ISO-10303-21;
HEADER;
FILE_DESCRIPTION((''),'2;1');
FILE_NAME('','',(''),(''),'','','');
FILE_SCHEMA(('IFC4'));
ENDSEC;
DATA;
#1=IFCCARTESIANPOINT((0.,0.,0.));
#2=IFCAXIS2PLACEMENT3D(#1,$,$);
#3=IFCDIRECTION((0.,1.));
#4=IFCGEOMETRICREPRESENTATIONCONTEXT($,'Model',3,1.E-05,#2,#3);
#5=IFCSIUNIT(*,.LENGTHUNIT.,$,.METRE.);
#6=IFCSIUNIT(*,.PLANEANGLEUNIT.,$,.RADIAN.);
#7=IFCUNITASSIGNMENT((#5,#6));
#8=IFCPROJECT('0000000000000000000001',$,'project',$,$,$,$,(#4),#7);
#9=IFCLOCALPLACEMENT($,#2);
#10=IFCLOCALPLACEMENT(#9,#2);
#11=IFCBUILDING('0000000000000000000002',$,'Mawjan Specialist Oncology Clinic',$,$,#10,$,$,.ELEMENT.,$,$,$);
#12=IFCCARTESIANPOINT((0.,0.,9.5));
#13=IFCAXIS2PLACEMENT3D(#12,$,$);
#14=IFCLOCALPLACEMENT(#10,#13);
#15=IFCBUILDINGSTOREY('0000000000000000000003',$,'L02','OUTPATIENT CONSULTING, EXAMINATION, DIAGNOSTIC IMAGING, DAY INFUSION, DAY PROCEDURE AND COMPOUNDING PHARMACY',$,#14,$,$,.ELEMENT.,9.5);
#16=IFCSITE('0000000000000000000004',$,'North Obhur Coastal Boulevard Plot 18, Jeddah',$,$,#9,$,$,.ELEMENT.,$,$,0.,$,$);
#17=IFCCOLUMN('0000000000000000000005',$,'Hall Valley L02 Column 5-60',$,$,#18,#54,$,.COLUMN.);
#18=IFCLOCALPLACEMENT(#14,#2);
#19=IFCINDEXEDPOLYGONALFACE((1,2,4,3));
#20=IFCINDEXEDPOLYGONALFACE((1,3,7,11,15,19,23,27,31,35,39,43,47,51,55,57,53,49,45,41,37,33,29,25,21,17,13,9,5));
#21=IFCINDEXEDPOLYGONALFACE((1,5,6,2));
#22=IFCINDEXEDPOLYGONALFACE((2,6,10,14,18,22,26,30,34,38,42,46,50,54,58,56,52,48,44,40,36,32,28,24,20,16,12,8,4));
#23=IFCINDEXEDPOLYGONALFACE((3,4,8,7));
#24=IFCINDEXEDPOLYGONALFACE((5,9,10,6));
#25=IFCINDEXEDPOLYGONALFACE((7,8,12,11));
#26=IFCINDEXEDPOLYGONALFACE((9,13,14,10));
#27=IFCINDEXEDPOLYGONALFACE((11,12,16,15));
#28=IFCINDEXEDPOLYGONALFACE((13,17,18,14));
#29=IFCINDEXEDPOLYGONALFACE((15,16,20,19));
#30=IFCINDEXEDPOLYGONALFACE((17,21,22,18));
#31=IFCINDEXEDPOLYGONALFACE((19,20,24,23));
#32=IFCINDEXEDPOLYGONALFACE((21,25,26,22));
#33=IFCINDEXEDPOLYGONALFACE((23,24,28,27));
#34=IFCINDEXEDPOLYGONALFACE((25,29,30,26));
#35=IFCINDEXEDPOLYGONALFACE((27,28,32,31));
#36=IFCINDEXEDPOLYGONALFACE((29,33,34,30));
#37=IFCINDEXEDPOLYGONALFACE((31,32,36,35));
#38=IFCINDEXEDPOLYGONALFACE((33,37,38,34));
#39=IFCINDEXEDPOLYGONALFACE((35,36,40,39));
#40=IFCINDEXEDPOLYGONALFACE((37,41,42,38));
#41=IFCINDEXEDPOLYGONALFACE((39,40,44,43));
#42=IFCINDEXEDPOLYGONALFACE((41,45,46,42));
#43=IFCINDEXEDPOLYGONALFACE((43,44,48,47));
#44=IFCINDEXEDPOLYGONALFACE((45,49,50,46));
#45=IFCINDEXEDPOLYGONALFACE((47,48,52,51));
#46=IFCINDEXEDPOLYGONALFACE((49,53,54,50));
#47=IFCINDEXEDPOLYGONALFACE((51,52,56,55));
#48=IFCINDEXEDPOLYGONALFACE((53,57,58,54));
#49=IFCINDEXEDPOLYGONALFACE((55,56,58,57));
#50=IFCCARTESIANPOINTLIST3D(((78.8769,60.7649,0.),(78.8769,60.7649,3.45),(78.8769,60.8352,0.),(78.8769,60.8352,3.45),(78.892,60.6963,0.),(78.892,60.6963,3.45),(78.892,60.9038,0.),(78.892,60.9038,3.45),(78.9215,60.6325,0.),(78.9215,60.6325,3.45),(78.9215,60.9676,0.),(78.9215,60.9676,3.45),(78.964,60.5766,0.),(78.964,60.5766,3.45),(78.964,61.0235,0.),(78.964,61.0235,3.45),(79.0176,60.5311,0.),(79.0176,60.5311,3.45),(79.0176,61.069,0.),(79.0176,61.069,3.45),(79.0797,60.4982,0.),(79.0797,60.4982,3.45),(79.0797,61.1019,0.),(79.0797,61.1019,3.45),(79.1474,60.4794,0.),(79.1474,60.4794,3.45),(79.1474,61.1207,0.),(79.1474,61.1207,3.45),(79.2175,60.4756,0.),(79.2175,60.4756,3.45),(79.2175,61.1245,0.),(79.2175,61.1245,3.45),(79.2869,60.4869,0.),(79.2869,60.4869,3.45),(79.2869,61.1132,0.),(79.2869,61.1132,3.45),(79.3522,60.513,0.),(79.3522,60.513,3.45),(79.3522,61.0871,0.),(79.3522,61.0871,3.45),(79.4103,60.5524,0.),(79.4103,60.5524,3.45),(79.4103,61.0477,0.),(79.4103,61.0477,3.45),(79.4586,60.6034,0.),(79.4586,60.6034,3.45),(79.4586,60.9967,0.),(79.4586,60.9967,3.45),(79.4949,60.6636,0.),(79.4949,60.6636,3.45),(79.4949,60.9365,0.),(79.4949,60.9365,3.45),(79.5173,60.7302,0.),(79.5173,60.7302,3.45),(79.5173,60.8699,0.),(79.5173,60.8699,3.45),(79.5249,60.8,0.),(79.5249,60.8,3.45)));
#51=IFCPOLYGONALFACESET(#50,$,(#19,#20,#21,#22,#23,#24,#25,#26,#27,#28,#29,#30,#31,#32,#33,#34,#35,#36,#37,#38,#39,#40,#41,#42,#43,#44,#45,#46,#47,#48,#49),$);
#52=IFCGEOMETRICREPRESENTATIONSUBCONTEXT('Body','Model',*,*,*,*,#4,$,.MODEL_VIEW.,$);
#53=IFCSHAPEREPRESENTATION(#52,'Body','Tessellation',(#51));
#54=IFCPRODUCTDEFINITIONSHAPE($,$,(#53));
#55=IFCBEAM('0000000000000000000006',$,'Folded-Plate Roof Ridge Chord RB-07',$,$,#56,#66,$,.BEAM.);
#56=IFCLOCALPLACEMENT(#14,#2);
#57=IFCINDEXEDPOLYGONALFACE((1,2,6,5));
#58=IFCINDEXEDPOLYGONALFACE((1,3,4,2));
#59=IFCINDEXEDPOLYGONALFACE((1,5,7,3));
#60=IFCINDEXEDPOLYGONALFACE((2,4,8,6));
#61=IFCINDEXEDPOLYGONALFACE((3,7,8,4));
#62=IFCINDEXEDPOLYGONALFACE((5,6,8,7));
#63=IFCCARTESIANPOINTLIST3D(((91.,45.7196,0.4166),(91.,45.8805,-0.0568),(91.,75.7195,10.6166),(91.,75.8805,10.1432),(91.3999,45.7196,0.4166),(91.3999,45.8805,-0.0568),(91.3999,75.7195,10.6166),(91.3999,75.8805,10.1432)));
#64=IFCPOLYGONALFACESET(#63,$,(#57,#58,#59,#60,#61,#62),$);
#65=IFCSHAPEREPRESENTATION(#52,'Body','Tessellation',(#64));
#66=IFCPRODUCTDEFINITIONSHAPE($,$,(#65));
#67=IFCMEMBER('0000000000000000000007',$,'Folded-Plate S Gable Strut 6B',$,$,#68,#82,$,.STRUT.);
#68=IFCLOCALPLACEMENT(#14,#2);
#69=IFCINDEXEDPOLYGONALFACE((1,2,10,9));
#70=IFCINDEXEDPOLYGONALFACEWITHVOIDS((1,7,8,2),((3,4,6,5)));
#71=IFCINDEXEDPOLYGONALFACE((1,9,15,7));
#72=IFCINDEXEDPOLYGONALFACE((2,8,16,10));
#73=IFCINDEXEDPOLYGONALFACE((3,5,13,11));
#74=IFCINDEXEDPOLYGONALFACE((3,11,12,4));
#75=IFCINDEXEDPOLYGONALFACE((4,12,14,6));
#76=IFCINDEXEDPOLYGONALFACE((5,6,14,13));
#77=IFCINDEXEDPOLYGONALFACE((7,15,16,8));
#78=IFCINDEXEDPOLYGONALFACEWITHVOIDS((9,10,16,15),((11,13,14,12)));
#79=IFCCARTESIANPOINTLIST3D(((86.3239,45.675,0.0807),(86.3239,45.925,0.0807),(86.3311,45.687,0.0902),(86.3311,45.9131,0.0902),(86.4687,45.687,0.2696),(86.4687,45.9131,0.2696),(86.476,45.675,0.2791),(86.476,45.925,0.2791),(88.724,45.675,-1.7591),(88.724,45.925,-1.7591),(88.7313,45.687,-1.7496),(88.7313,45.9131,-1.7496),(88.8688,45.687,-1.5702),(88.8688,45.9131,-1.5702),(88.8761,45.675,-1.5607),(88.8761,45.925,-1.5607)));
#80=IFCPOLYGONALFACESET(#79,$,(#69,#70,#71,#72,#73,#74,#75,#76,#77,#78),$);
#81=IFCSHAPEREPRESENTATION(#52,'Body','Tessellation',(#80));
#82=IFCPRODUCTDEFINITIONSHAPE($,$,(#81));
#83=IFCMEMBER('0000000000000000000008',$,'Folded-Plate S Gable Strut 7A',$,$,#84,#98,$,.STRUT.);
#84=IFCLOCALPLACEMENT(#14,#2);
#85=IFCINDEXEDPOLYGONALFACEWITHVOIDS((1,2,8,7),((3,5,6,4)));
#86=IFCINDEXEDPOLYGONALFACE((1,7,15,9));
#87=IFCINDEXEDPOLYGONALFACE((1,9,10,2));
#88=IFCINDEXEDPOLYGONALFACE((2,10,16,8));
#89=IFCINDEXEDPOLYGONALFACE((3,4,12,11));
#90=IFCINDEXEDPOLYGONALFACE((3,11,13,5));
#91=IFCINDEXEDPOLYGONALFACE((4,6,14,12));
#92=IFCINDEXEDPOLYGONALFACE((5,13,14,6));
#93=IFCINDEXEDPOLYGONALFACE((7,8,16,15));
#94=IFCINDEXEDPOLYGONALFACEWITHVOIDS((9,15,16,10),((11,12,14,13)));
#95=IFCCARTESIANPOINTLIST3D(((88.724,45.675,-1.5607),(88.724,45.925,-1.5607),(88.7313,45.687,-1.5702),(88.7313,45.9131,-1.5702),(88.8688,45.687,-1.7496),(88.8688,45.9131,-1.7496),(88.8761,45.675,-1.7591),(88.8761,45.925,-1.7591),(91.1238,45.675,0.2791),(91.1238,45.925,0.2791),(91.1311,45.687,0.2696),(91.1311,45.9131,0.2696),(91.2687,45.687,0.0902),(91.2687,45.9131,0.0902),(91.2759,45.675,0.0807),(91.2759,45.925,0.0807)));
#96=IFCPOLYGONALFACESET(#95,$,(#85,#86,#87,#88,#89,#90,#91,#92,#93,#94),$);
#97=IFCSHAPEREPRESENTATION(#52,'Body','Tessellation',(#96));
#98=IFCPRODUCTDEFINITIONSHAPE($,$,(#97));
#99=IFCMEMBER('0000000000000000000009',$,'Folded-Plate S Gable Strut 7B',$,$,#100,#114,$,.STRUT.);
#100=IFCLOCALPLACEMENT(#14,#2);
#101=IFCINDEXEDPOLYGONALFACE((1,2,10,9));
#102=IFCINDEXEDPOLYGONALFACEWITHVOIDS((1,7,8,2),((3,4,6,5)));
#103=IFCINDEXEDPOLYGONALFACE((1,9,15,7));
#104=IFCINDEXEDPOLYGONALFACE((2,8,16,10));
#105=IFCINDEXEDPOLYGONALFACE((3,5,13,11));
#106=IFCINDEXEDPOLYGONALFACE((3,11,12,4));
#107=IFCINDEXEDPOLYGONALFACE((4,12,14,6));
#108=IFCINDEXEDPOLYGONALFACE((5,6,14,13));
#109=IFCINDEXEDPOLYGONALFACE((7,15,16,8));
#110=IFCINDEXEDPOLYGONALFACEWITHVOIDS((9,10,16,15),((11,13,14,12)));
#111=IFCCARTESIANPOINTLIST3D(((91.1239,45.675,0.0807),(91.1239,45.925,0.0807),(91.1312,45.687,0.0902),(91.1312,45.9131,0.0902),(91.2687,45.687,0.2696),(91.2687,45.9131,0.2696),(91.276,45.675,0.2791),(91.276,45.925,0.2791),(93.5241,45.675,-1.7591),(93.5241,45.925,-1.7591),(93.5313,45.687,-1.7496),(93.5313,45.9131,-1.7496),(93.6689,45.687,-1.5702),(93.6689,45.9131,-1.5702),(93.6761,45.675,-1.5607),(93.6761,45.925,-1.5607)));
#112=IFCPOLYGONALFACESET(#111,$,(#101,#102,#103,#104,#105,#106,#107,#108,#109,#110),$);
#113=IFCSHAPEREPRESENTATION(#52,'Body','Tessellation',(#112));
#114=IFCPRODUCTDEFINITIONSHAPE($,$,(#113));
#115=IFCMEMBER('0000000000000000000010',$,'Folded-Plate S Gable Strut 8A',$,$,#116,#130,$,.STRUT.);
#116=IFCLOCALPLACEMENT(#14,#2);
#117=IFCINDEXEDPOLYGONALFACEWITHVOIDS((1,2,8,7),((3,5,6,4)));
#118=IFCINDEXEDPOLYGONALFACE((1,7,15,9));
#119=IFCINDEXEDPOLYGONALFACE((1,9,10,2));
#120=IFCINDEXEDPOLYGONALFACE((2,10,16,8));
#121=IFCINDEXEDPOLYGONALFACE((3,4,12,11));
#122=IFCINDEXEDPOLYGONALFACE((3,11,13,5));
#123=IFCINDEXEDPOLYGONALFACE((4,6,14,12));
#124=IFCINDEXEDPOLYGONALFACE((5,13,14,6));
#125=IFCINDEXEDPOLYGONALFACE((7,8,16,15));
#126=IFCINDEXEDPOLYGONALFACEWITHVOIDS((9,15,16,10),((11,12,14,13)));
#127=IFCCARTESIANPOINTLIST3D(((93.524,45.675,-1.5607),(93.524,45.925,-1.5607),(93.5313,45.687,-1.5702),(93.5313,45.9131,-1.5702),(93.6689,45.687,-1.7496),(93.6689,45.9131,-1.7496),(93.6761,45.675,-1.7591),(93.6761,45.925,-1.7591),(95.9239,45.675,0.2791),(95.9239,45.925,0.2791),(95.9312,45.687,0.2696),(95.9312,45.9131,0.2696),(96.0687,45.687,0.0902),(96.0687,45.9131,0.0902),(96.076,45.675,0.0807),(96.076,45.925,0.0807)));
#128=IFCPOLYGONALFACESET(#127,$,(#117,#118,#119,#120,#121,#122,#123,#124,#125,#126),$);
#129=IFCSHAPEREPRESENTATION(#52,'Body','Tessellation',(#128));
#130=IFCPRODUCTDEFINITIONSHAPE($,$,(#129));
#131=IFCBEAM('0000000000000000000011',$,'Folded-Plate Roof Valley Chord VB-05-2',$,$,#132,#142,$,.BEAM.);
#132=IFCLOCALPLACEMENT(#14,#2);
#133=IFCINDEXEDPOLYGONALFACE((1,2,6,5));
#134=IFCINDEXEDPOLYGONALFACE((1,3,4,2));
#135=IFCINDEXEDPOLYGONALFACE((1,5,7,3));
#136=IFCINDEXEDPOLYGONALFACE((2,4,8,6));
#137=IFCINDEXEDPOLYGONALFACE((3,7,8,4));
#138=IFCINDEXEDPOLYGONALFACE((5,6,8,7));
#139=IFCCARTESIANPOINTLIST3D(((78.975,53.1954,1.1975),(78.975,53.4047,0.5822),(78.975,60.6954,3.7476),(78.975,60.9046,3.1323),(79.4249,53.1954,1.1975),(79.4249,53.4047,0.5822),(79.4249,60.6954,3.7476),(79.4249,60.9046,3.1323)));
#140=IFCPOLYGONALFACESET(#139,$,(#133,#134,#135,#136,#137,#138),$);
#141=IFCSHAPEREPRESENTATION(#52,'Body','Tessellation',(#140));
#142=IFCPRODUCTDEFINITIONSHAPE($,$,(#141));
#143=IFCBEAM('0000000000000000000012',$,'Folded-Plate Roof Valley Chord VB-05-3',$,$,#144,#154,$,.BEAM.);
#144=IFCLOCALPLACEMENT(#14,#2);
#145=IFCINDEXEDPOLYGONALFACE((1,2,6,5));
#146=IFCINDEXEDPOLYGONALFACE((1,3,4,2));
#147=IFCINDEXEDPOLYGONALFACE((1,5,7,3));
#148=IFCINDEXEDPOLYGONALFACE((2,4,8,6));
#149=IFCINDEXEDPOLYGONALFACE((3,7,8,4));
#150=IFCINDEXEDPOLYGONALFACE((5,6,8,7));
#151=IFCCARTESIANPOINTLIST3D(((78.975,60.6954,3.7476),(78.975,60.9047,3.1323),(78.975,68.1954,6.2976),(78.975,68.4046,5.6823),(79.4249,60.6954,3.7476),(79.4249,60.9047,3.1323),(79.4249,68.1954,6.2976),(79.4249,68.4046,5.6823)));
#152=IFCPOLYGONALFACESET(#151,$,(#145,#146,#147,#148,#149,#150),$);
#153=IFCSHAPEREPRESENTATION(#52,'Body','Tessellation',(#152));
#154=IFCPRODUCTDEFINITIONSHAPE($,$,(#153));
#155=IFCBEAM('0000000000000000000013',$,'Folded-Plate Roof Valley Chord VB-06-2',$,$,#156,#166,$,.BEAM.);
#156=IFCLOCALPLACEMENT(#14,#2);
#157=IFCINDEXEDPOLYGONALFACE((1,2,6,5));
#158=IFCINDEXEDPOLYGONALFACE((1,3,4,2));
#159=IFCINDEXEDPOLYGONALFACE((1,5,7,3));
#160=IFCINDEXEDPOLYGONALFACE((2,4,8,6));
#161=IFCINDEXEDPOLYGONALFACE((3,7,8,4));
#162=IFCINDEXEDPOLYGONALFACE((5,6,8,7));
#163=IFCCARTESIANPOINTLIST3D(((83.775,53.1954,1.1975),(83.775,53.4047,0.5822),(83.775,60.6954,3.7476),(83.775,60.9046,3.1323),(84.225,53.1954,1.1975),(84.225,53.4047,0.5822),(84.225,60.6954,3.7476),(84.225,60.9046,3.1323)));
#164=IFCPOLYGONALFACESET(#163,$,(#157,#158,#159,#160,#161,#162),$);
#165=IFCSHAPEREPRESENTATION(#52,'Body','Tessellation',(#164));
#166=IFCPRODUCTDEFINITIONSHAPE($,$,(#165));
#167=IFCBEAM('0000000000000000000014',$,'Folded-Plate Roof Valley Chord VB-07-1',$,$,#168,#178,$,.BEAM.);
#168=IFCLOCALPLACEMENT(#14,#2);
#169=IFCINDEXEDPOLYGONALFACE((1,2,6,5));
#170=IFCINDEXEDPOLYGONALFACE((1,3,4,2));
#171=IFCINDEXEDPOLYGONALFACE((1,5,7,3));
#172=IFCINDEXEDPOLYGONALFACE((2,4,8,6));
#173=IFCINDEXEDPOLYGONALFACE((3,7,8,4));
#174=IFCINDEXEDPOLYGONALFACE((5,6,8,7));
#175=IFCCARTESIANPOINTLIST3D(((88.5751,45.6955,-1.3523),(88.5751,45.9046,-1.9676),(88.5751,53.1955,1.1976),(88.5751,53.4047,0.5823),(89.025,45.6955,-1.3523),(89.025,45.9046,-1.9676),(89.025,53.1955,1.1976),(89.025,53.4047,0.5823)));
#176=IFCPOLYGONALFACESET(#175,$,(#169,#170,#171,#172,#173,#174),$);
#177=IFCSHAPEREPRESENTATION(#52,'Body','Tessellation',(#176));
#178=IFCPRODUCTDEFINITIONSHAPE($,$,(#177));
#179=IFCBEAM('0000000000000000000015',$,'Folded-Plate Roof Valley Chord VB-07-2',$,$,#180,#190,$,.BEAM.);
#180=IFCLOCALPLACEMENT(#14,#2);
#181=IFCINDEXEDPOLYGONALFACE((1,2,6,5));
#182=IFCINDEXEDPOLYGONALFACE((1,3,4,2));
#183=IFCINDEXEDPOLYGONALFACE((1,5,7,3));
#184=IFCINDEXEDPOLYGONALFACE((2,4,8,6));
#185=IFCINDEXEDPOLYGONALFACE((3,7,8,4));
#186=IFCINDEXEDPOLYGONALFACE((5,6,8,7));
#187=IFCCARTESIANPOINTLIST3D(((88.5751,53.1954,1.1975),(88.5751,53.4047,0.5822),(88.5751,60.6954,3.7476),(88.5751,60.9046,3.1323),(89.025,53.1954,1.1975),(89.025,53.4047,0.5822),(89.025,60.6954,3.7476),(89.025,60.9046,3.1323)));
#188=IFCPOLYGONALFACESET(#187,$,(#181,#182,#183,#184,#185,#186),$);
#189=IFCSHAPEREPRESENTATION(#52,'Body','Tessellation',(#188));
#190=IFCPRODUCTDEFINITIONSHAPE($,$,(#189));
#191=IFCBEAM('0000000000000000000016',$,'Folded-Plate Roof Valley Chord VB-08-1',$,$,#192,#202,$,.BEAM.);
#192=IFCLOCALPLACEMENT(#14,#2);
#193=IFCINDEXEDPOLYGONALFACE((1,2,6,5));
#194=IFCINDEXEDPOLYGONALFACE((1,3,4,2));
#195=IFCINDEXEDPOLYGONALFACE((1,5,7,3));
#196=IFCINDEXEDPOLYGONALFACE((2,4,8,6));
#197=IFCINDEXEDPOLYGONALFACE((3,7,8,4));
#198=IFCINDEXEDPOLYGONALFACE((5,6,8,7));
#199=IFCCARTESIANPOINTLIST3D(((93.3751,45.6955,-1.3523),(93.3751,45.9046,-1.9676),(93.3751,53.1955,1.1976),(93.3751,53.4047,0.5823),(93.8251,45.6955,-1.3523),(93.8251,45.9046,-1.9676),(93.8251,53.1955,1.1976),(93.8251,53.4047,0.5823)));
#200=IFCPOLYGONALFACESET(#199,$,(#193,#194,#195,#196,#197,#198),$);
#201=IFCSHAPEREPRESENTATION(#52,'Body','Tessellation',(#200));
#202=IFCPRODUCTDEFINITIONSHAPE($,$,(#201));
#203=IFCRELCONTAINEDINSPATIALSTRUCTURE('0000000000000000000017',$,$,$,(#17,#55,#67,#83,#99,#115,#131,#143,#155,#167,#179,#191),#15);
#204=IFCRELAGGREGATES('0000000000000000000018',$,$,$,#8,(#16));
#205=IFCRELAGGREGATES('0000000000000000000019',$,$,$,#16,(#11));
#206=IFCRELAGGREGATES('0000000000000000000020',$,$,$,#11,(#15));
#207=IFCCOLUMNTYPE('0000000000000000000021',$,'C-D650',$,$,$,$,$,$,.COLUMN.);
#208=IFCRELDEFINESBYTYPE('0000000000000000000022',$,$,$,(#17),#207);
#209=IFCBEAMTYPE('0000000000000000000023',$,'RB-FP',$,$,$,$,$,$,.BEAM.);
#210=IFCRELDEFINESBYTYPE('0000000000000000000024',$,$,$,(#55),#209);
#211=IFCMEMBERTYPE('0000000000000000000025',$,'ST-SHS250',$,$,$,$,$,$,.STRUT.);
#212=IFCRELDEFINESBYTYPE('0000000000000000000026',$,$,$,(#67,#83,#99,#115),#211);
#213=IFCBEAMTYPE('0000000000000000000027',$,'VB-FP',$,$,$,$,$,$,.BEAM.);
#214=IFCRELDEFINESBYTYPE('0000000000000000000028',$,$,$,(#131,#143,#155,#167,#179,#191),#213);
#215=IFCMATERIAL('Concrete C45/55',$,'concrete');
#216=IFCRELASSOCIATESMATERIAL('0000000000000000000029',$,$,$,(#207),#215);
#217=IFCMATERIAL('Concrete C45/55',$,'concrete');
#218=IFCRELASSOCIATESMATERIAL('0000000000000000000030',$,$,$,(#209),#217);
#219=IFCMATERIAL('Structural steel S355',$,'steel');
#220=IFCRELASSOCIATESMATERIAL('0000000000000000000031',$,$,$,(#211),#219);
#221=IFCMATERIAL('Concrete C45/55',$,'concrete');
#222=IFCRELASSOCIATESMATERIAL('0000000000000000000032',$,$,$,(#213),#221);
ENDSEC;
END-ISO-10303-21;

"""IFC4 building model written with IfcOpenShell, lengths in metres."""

from ifc_helpers import new_model, si_unit, direction, frame, origin, origin_2d, place, context, subcontext, project, spatial, rectangle, hollow_rectangle, circle, extrude, material, material_profile, profile_set, type_object, element, save


model = new_model("IFC4")

# Units and contexts
model_context = context("Model", 3, precision=1e-05, world=origin(), true_north=direction((0.0, 1.0)))
body_context = subcontext(model_context, "Body", "Model", "MODEL_VIEW")
ifc_project = project(units=[si_unit("LENGTHUNIT", "METRE"), si_unit("PLANEANGLEUNIT", "RADIAN")], contexts=[model_context])

# Site, building, storey
site_placement = place(None, origin())
site = spatial("IfcSite", under=ifc_project, at=site_placement, Name="North Obhur Coastal Boulevard Plot 18, Jeddah", CompositionType="ELEMENT", RefElevation=0.0)
building_placement = place(site_placement, origin())
building = spatial("IfcBuilding", under=site, at=building_placement, Name="Mawjan Specialist Oncology Clinic", CompositionType="ELEMENT")
storey_placement = place(building_placement, frame((0.0, 0.0, 9.5)))
storey = spatial("IfcBuildingStorey", under=building, at=storey_placement, Name="L02", Description="OUTPATIENT CONSULTING, EXAMINATION, DIAGNOSTIC IMAGING, DAY INFUSION, DAY PROCEDURE AND COMPOUNDING PHARMACY", CompositionType="ELEMENT", Elevation=9.5)

# Column
ifc_material_1 = material(Name="Concrete C45/55", Category="concrete")
ifc_material_profile_1 = material_profile(ifc_material_1, circle(Radius=0.325, at=origin_2d()), Name="RC COL D650", Category="concrete")
ifc_profile_set_1 = profile_set([ifc_material_profile_1], Name="Concrete C45/55")
column_type = type_object("IfcColumnType", Name="C-D650", PredefinedType="COLUMN", material=ifc_profile_set_1)
column_placement = place(storey_placement, frame((79.2, 60.8, 0.0), z_axis=(0.0, 0.0, 1.0), x_axis=(1.0, 0.0, 0.0)))
element("IfcColumn", 1, at=column_placement, inside=storey, type_object=column_type, Name="Hall Valley L02 Column 5-60", PredefinedType="COLUMN", context=body_context, shape_type="SweptSolid", body=[
    extrude(circle(Radius=0.325, at=origin_2d()), origin(), (0.0, 0.0, 1.0), 3.45),
])

# Beam
ifc_material_2 = material(Name="Concrete C45/55", Category="concrete")
ifc_material_profile_2 = material_profile(ifc_material_2, rectangle(XDim=0.3999, YDim=0.5, at=origin_2d()), Name="RC CHORD 400x500", Category="concrete")
ifc_profile_set_2 = profile_set([ifc_material_profile_2], Name="Concrete C45/55")
beam_type_1 = type_object("IfcBeamType", Name="RB-FP", PredefinedType="BEAM", material=ifc_profile_set_2)
beam_placement = place(storey_placement, frame((91.2, 45.8, 0.1799), z_axis=(0.0, 0.946773, 0.321901), x_axis=(-1.0, 0.0, 0.0)))
element("IfcBeam", 2, at=beam_placement, inside=storey, type_object=beam_type_1, Name="Folded-Plate Roof Ridge Chord RB-07", PredefinedType="BEAM", context=body_context, shape_type="SweptSolid", body=[
    extrude(rectangle(XDim=0.3999, YDim=0.5, at=origin_2d()), origin(), (0.0, 0.0, 1.0), 31.6865),
])

# Members
ifc_material_3 = material(Name="Structural steel S355", Category="steel")
ifc_material_profile_3 = material_profile(ifc_material_3, hollow_rectangle(XDim=0.25, YDim=0.25, WallThickness=0.012, at=origin_2d()), Name="SHS 250x250x12", Category="steel")
ifc_profile_set_3 = profile_set([ifc_material_profile_3], Name="Structural steel S355")
member_type = type_object("IfcMemberType", Name="ST-SHS250", PredefinedType="STRUT", material=ifc_profile_set_3)
member_1_placement = place(storey_placement, frame((88.8, 45.8, -1.6599), z_axis=(-0.793649, 0.0, 0.608376), x_axis=(0.0, -1.0, 0.0)))
element("IfcMember", 3, at=member_1_placement, inside=storey, type_object=member_type, Name="Folded-Plate S Gable Strut 6B", PredefinedType="STRUT", context=body_context, shape_type="SweptSolid", body=[
    extrude(hollow_rectangle(XDim=0.25, YDim=0.25, WallThickness=0.012, at=origin_2d()), origin(), (0.0, 0.0, 1.0), 3.0242),
])
member_2_placement = place(storey_placement, frame((88.8, 45.8, -1.6599), z_axis=(0.793619, 0.0, 0.608415), x_axis=(0.0, 1.0, 0.0)))
element("IfcMember", 4, at=member_2_placement, inside=storey, type_object=member_type, Name="Folded-Plate S Gable Strut 7A", PredefinedType="STRUT", context=body_context, shape_type="SweptSolid", body=[
    extrude(hollow_rectangle(XDim=0.25, YDim=0.25, WallThickness=0.012, at=origin_2d()), origin(), (0.0, 0.0, 1.0), 3.0239),
])
member_3_placement = place(storey_placement, frame((93.6001, 45.8, -1.6599), z_axis=(-0.793649, 0.0, 0.608376), x_axis=(0.0, -1.0, 0.0)))
element("IfcMember", 5, at=member_3_placement, inside=storey, type_object=member_type, Name="Folded-Plate S Gable Strut 7B", PredefinedType="STRUT", context=body_context, shape_type="SweptSolid", body=[
    extrude(hollow_rectangle(XDim=0.25, YDim=0.25, WallThickness=0.012, at=origin_2d()), origin(), (0.0, 0.0, 1.0), 3.0242),
])
member_4_placement = place(storey_placement, frame((93.6001, 45.8, -1.6599), z_axis=(0.793619, 0.0, 0.608415), x_axis=(0.0, 1.0, 0.0)))
element("IfcMember", 6, at=member_4_placement, inside=storey, type_object=member_type, Name="Folded-Plate S Gable Strut 8A", PredefinedType="STRUT", context=body_context, shape_type="SweptSolid", body=[
    extrude(hollow_rectangle(XDim=0.25, YDim=0.25, WallThickness=0.012, at=origin_2d()), origin(), (0.0, 0.0, 1.0), 3.0239),
])

# Beams
ifc_material_4 = material(Name="Concrete C45/55", Category="concrete")
ifc_material_profile_4 = material_profile(ifc_material_4, rectangle(XDim=0.45, YDim=0.6499, at=origin_2d()), Name="RC VALLEY 450x650", Category="concrete")
ifc_profile_set_4 = profile_set([ifc_material_profile_4], Name="Concrete C45/55")
beam_type_2 = type_object("IfcBeamType", Name="VB-FP", PredefinedType="BEAM", material=ifc_profile_set_4)
for number, where, z_axis, x_axis, name in (
    (7, (79.2, 53.3, 0.8899), (0.0, 0.946771, 0.321908), (-1.0, 0.0, 0.0), "Folded-Plate Roof Valley Chord VB-05-2"),
    (8, (79.2, 60.8, 3.4399), (0.0, 0.946771, 0.321908), (-1.0, 0.0, 0.0), "Folded-Plate Roof Valley Chord VB-05-3"),
    (9, (84.0, 53.3, 0.8899), (0.0, 0.946771, 0.321908), (-1.0, 0.0, 0.0), "Folded-Plate Roof Valley Chord VB-06-2"),
    (10, (88.8, 45.8, -1.6599), (0.0, 0.94678, 0.321881), (-1.0, 0.0, 0.0), "Folded-Plate Roof Valley Chord VB-07-1"),
    (11, (88.8, 53.3, 0.8899), (0.0, 0.946771, 0.321908), (-1.0, 0.0, 0.0), "Folded-Plate Roof Valley Chord VB-07-2"),
    (12, (93.6001, 45.8, -1.6599), (0.0, 0.94678, 0.321881), (-1.0, 0.0, 0.0), "Folded-Plate Roof Valley Chord VB-08-1"),
):
    element("IfcBeam", number, at=place(storey_placement, frame(where, z_axis=z_axis, x_axis=x_axis)), inside=storey, type_object=beam_type_2, Name=name, PredefinedType="BEAM", context=body_context, shape_type="SweptSolid", body=[
        extrude(rectangle(XDim=0.45, YDim=0.6499, at=origin_2d()), origin(), (0.0, 0.0, 1.0), 7.9216),
    ])

save(model, "model.ifc")
